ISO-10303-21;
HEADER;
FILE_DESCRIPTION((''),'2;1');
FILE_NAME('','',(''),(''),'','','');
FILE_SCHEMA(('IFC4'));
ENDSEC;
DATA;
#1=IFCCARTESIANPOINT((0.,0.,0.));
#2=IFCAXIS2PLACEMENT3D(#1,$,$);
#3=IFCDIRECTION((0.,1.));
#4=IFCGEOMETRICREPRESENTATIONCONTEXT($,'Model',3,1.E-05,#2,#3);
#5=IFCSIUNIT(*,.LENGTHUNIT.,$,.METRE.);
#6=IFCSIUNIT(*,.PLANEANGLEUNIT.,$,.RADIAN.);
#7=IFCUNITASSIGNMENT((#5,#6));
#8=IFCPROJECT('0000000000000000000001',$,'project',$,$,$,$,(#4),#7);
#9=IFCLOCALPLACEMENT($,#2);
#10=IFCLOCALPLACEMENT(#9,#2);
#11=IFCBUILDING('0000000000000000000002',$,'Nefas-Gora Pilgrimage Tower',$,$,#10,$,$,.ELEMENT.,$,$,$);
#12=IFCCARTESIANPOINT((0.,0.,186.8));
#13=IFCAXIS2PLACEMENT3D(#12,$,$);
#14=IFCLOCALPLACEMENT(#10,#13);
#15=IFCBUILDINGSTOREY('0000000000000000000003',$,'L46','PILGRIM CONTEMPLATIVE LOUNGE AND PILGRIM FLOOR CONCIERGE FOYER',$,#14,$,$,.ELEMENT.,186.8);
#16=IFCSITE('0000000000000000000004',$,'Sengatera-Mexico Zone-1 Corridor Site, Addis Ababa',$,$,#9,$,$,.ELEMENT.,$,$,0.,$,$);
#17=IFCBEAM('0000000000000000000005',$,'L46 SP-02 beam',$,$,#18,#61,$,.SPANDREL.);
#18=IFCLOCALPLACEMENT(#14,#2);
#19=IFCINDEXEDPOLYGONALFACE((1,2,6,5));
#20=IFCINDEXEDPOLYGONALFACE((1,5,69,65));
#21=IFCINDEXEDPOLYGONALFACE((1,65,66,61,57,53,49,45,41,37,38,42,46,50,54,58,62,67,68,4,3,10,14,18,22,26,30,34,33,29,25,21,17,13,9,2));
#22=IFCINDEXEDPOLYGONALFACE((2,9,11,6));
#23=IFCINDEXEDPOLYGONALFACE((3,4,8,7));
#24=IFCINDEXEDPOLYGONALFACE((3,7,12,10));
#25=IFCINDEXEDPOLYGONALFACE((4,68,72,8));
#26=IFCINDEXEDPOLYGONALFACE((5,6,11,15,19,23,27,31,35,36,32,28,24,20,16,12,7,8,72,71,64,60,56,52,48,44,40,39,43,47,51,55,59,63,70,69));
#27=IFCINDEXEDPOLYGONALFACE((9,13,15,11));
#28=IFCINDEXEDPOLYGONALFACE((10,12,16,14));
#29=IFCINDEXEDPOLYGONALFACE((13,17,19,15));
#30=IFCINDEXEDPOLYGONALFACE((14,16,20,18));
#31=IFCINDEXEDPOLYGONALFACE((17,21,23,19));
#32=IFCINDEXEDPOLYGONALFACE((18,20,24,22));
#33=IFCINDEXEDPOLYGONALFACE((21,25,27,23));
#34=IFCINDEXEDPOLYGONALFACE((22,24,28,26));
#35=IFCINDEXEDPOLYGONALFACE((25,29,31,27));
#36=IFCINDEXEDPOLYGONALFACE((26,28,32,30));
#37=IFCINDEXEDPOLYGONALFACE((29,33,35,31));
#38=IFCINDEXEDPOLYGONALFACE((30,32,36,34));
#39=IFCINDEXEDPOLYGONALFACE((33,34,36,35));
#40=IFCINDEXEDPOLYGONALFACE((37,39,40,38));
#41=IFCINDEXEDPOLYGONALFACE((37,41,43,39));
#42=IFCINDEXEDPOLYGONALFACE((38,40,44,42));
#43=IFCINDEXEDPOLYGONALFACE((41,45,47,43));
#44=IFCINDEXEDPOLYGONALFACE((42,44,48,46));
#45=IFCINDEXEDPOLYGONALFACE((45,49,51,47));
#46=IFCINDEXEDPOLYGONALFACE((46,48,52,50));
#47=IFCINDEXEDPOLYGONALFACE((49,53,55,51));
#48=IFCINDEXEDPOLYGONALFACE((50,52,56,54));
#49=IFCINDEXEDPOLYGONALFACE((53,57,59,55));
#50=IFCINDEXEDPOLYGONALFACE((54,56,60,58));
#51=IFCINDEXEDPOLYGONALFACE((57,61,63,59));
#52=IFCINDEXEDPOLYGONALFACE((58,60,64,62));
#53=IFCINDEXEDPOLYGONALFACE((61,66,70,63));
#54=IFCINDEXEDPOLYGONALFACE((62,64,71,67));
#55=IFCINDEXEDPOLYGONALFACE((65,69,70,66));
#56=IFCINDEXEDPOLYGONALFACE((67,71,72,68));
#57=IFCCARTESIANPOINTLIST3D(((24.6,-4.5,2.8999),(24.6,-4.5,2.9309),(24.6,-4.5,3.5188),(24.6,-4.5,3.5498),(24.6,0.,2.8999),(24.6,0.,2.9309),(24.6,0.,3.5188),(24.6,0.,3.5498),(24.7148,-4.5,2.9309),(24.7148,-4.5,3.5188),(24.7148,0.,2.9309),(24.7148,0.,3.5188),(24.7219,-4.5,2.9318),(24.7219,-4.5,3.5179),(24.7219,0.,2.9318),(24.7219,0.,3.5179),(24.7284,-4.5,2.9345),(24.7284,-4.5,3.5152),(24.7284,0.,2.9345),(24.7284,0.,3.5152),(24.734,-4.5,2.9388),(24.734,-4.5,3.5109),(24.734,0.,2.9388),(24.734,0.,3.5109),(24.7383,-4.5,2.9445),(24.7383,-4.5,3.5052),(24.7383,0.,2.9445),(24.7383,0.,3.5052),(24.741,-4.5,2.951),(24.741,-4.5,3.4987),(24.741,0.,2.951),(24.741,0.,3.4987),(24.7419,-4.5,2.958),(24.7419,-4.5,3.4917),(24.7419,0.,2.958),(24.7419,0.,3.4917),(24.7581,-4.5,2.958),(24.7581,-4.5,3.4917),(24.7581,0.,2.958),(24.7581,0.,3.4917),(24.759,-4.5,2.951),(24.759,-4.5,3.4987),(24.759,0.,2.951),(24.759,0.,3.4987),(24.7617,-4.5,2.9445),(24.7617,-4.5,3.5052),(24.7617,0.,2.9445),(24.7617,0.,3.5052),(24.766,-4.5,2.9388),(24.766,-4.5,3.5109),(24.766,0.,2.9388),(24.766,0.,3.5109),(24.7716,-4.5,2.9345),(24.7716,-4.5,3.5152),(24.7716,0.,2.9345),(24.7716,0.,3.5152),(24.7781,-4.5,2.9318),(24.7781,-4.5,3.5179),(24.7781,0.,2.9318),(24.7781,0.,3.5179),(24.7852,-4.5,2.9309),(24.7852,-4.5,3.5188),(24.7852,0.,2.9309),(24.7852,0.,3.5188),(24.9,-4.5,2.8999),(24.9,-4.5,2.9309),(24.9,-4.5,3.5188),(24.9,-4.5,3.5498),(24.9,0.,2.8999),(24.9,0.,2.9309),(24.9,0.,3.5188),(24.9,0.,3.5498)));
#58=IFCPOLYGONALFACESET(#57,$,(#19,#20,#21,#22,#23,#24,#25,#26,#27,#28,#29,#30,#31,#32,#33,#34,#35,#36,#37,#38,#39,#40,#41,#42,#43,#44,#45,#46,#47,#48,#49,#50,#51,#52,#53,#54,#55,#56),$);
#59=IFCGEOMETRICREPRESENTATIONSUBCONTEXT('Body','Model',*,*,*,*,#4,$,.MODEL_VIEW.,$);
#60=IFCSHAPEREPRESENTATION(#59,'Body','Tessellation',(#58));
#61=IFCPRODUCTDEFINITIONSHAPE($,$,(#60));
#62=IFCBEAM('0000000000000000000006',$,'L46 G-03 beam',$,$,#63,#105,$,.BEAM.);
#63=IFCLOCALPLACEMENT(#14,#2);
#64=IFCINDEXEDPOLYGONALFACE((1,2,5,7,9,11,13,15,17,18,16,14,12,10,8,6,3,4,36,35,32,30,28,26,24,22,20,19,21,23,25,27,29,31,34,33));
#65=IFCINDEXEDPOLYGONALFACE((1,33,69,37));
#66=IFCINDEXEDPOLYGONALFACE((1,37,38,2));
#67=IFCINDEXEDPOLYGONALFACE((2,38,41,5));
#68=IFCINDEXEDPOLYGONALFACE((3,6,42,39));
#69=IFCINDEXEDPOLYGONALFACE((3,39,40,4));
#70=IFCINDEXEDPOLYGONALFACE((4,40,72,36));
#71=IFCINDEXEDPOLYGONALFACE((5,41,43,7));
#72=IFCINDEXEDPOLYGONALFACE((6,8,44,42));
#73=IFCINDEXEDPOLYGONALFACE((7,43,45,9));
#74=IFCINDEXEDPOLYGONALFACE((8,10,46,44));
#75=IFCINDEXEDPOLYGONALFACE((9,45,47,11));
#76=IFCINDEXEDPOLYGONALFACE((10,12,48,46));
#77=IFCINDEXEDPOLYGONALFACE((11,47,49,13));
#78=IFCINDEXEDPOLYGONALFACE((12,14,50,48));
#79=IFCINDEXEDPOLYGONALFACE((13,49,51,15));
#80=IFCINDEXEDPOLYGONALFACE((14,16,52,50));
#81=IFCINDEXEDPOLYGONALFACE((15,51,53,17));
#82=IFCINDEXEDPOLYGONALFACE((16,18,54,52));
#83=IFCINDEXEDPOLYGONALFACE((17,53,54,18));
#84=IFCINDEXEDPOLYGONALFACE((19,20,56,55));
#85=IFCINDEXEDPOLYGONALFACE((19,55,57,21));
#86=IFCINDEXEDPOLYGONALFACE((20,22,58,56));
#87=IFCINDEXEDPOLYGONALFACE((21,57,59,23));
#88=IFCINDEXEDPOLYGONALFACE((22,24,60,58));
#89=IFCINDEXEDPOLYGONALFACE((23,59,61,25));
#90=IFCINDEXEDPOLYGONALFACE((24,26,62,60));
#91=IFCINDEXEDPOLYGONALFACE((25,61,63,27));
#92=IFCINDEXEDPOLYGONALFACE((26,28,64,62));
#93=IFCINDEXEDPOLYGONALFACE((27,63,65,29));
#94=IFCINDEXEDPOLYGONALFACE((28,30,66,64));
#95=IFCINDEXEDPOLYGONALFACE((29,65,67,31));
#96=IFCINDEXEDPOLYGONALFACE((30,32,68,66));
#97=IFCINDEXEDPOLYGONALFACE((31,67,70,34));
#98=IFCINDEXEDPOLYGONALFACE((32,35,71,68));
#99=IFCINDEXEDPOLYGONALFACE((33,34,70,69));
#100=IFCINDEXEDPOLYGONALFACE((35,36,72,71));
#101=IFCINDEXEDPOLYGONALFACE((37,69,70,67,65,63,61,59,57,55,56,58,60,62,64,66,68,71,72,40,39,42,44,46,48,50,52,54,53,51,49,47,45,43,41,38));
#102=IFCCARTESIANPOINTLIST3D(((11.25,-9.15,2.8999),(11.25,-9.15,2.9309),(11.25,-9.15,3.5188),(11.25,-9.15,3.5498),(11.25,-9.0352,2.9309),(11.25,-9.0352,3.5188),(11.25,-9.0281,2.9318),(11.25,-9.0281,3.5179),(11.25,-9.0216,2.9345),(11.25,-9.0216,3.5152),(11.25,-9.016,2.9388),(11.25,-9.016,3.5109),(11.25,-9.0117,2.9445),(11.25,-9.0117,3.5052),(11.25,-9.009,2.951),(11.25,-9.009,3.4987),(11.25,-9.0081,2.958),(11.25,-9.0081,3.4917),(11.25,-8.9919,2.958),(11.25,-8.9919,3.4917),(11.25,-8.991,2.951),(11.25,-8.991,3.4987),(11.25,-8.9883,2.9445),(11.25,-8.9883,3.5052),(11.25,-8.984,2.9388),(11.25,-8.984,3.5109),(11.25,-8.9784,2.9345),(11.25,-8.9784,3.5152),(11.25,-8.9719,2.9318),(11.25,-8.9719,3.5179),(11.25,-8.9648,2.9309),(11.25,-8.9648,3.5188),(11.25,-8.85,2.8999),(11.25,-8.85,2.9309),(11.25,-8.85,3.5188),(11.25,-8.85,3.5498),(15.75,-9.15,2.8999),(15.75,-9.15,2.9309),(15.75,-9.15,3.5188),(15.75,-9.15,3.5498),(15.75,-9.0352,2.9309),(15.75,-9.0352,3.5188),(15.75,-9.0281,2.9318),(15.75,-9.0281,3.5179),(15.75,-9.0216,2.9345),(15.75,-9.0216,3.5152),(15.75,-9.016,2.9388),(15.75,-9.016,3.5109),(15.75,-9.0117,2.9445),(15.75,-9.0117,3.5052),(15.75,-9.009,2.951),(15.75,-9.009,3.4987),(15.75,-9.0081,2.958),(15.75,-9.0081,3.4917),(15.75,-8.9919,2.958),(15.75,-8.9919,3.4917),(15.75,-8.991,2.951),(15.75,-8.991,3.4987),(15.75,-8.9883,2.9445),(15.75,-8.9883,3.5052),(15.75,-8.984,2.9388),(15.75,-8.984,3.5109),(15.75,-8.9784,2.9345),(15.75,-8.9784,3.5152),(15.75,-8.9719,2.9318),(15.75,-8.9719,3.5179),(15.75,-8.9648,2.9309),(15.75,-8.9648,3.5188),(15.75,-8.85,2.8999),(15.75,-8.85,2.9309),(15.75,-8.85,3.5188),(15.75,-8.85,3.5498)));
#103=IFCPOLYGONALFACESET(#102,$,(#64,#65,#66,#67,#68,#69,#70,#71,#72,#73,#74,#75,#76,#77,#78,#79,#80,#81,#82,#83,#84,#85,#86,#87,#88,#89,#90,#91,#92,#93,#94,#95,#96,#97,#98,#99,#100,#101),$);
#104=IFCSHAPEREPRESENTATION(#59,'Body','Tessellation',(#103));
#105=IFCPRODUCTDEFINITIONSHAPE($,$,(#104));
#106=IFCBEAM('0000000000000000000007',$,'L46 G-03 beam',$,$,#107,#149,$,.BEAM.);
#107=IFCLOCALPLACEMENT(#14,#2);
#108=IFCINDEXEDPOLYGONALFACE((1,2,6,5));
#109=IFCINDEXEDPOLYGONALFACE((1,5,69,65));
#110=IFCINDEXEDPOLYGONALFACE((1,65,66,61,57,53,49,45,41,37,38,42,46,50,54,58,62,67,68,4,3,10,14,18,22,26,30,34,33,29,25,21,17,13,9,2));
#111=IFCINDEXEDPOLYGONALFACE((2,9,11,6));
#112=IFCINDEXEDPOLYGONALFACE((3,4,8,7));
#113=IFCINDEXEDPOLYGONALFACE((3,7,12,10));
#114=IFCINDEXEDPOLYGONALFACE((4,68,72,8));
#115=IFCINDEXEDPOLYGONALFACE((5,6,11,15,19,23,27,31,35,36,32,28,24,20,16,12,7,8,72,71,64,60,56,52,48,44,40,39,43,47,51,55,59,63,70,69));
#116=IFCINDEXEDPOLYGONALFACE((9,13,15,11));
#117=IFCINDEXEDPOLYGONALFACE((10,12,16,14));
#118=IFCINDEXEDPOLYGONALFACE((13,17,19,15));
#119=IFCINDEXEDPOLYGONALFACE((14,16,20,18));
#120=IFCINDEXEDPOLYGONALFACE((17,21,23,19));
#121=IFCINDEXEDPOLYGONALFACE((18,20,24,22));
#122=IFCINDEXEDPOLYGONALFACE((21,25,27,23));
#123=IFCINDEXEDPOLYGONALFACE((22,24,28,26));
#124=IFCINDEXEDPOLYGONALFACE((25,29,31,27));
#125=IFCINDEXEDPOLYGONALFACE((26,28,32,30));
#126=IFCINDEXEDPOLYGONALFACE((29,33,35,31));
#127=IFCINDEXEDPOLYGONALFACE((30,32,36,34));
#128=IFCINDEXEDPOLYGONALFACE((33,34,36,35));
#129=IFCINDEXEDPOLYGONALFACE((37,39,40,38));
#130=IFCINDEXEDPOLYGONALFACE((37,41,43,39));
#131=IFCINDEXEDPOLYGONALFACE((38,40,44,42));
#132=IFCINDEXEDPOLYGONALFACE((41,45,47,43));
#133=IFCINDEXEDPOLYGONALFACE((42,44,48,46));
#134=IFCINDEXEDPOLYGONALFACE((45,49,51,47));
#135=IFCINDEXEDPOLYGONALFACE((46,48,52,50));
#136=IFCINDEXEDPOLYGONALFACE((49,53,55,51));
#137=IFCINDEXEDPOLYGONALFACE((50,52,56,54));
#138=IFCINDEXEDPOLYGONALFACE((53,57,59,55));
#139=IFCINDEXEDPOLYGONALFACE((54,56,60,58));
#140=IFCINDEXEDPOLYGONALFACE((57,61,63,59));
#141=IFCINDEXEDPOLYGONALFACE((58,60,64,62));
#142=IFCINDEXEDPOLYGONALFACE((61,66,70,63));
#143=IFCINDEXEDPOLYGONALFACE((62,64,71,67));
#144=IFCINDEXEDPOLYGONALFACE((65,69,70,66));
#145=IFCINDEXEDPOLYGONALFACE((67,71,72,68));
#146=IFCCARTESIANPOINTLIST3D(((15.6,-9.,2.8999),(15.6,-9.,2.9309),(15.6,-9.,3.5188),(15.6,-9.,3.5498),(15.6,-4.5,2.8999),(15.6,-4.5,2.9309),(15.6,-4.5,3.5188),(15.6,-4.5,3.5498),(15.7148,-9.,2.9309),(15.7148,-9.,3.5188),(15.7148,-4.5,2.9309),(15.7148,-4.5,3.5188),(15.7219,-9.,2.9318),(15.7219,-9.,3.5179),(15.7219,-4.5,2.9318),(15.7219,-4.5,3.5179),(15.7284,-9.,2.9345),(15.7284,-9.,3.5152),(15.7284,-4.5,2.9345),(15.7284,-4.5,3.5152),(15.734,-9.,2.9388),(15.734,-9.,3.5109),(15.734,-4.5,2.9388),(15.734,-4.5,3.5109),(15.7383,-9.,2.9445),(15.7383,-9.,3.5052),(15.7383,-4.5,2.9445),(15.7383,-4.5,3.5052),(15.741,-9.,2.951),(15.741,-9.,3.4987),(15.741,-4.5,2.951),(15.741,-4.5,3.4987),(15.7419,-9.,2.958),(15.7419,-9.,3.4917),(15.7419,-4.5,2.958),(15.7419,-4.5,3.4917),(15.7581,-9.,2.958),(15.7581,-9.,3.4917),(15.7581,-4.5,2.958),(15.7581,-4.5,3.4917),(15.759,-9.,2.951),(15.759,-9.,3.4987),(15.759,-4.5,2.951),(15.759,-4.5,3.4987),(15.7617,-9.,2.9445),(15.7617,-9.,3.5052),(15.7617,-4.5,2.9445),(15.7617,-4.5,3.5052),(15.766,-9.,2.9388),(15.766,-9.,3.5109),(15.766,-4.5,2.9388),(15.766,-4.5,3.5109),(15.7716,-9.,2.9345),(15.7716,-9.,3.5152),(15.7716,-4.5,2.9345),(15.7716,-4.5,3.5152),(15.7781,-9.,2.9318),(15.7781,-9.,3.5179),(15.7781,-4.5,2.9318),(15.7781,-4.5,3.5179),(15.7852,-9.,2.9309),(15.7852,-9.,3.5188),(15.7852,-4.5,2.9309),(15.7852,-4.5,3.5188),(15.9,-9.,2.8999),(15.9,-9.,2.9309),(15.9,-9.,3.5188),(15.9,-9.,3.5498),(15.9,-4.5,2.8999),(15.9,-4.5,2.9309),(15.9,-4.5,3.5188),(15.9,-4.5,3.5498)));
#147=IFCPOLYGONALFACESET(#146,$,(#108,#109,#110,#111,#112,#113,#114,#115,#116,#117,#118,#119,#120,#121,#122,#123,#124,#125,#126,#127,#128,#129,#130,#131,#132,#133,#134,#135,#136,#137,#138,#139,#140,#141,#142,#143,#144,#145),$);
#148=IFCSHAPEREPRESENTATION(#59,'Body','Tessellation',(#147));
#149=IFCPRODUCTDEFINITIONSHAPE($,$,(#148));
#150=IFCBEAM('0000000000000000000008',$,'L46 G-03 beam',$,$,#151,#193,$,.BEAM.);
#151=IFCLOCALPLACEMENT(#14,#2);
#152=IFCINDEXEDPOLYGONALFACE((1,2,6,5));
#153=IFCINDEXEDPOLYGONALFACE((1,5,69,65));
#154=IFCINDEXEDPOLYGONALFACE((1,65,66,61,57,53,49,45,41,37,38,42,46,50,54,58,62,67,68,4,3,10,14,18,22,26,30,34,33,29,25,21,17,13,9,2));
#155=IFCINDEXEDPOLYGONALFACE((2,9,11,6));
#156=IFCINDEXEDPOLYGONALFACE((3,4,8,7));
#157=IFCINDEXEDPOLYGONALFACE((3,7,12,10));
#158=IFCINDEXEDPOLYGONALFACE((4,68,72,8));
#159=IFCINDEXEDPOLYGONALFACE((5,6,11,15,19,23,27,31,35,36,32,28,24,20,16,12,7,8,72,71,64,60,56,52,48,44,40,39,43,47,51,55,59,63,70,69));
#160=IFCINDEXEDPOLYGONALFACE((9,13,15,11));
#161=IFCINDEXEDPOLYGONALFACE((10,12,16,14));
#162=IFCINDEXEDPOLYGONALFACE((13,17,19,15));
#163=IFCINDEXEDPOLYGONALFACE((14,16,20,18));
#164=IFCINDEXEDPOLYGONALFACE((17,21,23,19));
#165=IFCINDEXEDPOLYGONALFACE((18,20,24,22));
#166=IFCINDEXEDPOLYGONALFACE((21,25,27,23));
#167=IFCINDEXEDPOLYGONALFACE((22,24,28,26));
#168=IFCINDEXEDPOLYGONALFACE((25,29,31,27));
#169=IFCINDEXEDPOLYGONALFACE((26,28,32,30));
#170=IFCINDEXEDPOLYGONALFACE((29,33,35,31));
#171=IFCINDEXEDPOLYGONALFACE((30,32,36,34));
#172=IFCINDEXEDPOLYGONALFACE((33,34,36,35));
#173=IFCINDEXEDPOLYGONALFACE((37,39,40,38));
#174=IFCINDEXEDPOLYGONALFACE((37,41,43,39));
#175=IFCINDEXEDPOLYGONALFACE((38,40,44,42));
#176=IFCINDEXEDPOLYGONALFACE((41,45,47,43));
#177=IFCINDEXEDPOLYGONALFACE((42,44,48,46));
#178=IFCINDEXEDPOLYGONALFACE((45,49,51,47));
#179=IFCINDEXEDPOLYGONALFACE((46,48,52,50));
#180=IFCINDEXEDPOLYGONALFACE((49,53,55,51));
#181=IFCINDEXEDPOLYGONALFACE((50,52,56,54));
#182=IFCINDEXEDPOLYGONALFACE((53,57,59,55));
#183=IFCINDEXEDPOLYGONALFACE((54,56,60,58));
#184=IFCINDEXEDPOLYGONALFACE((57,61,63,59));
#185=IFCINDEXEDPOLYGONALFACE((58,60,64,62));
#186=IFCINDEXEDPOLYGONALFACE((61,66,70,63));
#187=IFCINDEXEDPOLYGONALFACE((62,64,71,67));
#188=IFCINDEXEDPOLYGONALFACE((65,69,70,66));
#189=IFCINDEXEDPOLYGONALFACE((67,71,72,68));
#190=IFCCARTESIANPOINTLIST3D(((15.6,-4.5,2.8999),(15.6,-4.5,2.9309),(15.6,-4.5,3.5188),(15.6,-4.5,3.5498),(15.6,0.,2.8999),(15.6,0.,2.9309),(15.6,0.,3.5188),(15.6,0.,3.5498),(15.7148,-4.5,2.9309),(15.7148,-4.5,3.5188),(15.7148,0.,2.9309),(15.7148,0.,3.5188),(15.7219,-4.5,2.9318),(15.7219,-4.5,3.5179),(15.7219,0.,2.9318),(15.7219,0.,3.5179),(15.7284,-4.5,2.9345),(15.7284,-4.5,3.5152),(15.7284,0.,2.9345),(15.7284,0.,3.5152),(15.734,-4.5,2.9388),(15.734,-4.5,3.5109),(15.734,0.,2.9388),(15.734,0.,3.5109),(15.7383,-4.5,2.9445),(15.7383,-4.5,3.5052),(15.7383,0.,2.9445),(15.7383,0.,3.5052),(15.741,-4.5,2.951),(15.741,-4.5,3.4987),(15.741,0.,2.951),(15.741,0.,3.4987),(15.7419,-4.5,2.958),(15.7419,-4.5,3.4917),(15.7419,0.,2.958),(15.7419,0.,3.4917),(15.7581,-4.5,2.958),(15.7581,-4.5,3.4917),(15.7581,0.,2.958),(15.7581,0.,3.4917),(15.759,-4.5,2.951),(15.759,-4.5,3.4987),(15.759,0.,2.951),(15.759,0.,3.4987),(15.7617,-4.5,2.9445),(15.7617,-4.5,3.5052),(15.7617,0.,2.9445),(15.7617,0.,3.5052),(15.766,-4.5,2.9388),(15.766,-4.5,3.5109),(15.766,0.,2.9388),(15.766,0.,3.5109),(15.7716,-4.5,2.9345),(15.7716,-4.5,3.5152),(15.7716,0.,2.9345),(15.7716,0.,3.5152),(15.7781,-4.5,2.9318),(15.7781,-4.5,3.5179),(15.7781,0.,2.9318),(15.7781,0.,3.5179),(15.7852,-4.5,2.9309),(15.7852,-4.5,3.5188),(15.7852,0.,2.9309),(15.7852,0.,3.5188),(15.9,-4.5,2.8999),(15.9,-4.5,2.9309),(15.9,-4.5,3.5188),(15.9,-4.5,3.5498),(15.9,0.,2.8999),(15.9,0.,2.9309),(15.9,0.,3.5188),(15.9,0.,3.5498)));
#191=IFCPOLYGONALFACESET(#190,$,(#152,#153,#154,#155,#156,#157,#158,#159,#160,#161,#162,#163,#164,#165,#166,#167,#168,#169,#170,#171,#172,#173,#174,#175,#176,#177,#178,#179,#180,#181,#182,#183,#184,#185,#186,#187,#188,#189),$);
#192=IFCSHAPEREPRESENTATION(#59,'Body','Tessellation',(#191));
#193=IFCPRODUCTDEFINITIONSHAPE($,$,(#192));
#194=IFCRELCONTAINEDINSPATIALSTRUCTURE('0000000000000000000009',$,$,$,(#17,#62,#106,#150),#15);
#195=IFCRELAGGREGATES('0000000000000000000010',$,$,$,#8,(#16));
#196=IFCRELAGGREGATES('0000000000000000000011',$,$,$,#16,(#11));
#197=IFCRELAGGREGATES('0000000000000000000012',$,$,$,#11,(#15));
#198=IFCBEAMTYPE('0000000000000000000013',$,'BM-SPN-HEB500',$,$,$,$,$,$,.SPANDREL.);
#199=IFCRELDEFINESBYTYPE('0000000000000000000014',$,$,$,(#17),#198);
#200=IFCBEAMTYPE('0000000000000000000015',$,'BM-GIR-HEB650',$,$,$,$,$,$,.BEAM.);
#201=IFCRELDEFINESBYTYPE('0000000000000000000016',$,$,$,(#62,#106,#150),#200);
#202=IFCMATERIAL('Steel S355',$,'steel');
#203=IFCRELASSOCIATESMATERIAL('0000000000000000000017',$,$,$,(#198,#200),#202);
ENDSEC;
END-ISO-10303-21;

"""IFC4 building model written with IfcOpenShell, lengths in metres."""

from ifc_helpers import new_model, si_unit, direction, frame, origin, origin_2d, place, context, subcontext, project, spatial, i_section, extrude, source, transform, mapped, material, material_profile, profile_set, type_object, element, save


model = new_model("IFC4")

# Units and contexts
model_context = context("Model", 3, precision=1e-05, world=origin(), true_north=direction((0.0, 1.0)))
body_context = subcontext(model_context, "Body", "Model", "MODEL_VIEW")
ifc_project = project(units=[si_unit("LENGTHUNIT", "METRE"), si_unit("PLANEANGLEUNIT", "RADIAN")], contexts=[model_context])

# Site, building, storey
site_placement = place(None, origin())
site = spatial("IfcSite", under=ifc_project, at=site_placement, Name="Sengatera-Mexico Zone-1 Corridor Site, Addis Ababa", CompositionType="ELEMENT", RefElevation=0.0)
building_placement = place(site_placement, origin())
building = spatial("IfcBuilding", under=site, at=building_placement, Name="Nefas-Gora Pilgrimage Tower", CompositionType="ELEMENT")
storey_placement = place(building_placement, frame((0.0, 0.0, 186.8)))
storey = spatial("IfcBuildingStorey", under=building, at=storey_placement, Name="L46", Description="PILGRIM CONTEMPLATIVE LOUNGE AND PILGRIM FLOOR CONCIERGE FOYER", CompositionType="ELEMENT", Elevation=186.8)

# Beams
ifc_material_1 = material(Name="Steel S355", Category="steel")
ifc_material_profile_1 = material_profile(ifc_material_1, i_section(OverallWidth=0.3, OverallDepth=0.6499, WebThickness=0.0161, FlangeThickness=0.031, FilletRadius=0.0271, at=origin_2d()), Name="HEB 650")
ifc_profile_set_1 = profile_set([ifc_material_profile_1], Name="Steel S355")
beam_type_1 = type_object("IfcBeamType", Name="BM-SPN-HEB500", PredefinedType="SPANDREL", material=ifc_profile_set_1)
shared_shape_1 = source(origin(), body_context, "Body", "SweptSolid", [
    extrude(i_section(OverallWidth=0.3, OverallDepth=0.6499, WebThickness=0.0161, FlangeThickness=0.031, FilletRadius=0.0271, at=origin_2d()), origin(), (0.0, 0.0, 1.0), 4.5),
])
for number, where, z_axis, x_axis, name in (
    (1, (24.75, -4.5, 3.2249), (0.0, 1.0, 0.0), (-1.0, 0.0, 0.0), "L46 SP-02 beam"),
):
    element("IfcBeam", number, at=place(storey_placement, frame(where, z_axis=z_axis, x_axis=x_axis)), inside=storey, type_object=beam_type_1, Name=name, PredefinedType="SPANDREL", context=body_context, shape_type="MappedRepresentation", body=[
        mapped(shared_shape_1, transform((0.0, 0.0, 0.0), x_axis=(1.0, 0.0, 0.0), y_axis=(0.0, 1.0, 0.0), z_axis=(0.0, 0.0, 1.0), scale=1.0)),
    ])
ifc_material_profile_2 = material_profile(ifc_material_1, i_section(OverallWidth=0.3, OverallDepth=0.6499, WebThickness=0.0161, FlangeThickness=0.031, FilletRadius=0.0271, at=origin_2d()), Name="HEB 650")
ifc_profile_set_2 = profile_set([ifc_material_profile_2], Name="Steel S355")
beam_type_2 = type_object("IfcBeamType", Name="BM-GIR-HEB650", PredefinedType="BEAM", material=ifc_profile_set_2)
shared_shape_2 = source(origin(), body_context, "Body", "SweptSolid", [
    extrude(i_section(OverallWidth=0.3, OverallDepth=0.6499, WebThickness=0.0161, FlangeThickness=0.031, FilletRadius=0.0271, at=origin_2d()), origin(), (0.0, 0.0, 1.0), 4.5),
])
for number, where, z_axis, x_axis, name in (
    (2, (11.25, -9.0, 3.2249), (1.0, 0.0, 0.0), (0.0, 1.0, 0.0), "L46 G-03 beam"),
    (3, (15.75, -9.0, 3.2249), (0.0, 1.0, 0.0), (-1.0, 0.0, 0.0), "L46 G-03 beam"),
    (4, (15.75, -4.5, 3.2249), (0.0, 1.0, 0.0), (-1.0, 0.0, 0.0), "L46 G-03 beam"),
):
    element("IfcBeam", number, at=place(storey_placement, frame(where, z_axis=z_axis, x_axis=x_axis)), inside=storey, type_object=beam_type_2, Name=name, PredefinedType="BEAM", context=body_context, shape_type="MappedRepresentation", body=[
        mapped(shared_shape_2, transform((0.0, 0.0, 0.0), x_axis=(1.0, 0.0, 0.0), y_axis=(0.0, 1.0, 0.0), z_axis=(0.0, 0.0, 1.0), scale=1.0)),
    ])

save(model, "model.ifc")
